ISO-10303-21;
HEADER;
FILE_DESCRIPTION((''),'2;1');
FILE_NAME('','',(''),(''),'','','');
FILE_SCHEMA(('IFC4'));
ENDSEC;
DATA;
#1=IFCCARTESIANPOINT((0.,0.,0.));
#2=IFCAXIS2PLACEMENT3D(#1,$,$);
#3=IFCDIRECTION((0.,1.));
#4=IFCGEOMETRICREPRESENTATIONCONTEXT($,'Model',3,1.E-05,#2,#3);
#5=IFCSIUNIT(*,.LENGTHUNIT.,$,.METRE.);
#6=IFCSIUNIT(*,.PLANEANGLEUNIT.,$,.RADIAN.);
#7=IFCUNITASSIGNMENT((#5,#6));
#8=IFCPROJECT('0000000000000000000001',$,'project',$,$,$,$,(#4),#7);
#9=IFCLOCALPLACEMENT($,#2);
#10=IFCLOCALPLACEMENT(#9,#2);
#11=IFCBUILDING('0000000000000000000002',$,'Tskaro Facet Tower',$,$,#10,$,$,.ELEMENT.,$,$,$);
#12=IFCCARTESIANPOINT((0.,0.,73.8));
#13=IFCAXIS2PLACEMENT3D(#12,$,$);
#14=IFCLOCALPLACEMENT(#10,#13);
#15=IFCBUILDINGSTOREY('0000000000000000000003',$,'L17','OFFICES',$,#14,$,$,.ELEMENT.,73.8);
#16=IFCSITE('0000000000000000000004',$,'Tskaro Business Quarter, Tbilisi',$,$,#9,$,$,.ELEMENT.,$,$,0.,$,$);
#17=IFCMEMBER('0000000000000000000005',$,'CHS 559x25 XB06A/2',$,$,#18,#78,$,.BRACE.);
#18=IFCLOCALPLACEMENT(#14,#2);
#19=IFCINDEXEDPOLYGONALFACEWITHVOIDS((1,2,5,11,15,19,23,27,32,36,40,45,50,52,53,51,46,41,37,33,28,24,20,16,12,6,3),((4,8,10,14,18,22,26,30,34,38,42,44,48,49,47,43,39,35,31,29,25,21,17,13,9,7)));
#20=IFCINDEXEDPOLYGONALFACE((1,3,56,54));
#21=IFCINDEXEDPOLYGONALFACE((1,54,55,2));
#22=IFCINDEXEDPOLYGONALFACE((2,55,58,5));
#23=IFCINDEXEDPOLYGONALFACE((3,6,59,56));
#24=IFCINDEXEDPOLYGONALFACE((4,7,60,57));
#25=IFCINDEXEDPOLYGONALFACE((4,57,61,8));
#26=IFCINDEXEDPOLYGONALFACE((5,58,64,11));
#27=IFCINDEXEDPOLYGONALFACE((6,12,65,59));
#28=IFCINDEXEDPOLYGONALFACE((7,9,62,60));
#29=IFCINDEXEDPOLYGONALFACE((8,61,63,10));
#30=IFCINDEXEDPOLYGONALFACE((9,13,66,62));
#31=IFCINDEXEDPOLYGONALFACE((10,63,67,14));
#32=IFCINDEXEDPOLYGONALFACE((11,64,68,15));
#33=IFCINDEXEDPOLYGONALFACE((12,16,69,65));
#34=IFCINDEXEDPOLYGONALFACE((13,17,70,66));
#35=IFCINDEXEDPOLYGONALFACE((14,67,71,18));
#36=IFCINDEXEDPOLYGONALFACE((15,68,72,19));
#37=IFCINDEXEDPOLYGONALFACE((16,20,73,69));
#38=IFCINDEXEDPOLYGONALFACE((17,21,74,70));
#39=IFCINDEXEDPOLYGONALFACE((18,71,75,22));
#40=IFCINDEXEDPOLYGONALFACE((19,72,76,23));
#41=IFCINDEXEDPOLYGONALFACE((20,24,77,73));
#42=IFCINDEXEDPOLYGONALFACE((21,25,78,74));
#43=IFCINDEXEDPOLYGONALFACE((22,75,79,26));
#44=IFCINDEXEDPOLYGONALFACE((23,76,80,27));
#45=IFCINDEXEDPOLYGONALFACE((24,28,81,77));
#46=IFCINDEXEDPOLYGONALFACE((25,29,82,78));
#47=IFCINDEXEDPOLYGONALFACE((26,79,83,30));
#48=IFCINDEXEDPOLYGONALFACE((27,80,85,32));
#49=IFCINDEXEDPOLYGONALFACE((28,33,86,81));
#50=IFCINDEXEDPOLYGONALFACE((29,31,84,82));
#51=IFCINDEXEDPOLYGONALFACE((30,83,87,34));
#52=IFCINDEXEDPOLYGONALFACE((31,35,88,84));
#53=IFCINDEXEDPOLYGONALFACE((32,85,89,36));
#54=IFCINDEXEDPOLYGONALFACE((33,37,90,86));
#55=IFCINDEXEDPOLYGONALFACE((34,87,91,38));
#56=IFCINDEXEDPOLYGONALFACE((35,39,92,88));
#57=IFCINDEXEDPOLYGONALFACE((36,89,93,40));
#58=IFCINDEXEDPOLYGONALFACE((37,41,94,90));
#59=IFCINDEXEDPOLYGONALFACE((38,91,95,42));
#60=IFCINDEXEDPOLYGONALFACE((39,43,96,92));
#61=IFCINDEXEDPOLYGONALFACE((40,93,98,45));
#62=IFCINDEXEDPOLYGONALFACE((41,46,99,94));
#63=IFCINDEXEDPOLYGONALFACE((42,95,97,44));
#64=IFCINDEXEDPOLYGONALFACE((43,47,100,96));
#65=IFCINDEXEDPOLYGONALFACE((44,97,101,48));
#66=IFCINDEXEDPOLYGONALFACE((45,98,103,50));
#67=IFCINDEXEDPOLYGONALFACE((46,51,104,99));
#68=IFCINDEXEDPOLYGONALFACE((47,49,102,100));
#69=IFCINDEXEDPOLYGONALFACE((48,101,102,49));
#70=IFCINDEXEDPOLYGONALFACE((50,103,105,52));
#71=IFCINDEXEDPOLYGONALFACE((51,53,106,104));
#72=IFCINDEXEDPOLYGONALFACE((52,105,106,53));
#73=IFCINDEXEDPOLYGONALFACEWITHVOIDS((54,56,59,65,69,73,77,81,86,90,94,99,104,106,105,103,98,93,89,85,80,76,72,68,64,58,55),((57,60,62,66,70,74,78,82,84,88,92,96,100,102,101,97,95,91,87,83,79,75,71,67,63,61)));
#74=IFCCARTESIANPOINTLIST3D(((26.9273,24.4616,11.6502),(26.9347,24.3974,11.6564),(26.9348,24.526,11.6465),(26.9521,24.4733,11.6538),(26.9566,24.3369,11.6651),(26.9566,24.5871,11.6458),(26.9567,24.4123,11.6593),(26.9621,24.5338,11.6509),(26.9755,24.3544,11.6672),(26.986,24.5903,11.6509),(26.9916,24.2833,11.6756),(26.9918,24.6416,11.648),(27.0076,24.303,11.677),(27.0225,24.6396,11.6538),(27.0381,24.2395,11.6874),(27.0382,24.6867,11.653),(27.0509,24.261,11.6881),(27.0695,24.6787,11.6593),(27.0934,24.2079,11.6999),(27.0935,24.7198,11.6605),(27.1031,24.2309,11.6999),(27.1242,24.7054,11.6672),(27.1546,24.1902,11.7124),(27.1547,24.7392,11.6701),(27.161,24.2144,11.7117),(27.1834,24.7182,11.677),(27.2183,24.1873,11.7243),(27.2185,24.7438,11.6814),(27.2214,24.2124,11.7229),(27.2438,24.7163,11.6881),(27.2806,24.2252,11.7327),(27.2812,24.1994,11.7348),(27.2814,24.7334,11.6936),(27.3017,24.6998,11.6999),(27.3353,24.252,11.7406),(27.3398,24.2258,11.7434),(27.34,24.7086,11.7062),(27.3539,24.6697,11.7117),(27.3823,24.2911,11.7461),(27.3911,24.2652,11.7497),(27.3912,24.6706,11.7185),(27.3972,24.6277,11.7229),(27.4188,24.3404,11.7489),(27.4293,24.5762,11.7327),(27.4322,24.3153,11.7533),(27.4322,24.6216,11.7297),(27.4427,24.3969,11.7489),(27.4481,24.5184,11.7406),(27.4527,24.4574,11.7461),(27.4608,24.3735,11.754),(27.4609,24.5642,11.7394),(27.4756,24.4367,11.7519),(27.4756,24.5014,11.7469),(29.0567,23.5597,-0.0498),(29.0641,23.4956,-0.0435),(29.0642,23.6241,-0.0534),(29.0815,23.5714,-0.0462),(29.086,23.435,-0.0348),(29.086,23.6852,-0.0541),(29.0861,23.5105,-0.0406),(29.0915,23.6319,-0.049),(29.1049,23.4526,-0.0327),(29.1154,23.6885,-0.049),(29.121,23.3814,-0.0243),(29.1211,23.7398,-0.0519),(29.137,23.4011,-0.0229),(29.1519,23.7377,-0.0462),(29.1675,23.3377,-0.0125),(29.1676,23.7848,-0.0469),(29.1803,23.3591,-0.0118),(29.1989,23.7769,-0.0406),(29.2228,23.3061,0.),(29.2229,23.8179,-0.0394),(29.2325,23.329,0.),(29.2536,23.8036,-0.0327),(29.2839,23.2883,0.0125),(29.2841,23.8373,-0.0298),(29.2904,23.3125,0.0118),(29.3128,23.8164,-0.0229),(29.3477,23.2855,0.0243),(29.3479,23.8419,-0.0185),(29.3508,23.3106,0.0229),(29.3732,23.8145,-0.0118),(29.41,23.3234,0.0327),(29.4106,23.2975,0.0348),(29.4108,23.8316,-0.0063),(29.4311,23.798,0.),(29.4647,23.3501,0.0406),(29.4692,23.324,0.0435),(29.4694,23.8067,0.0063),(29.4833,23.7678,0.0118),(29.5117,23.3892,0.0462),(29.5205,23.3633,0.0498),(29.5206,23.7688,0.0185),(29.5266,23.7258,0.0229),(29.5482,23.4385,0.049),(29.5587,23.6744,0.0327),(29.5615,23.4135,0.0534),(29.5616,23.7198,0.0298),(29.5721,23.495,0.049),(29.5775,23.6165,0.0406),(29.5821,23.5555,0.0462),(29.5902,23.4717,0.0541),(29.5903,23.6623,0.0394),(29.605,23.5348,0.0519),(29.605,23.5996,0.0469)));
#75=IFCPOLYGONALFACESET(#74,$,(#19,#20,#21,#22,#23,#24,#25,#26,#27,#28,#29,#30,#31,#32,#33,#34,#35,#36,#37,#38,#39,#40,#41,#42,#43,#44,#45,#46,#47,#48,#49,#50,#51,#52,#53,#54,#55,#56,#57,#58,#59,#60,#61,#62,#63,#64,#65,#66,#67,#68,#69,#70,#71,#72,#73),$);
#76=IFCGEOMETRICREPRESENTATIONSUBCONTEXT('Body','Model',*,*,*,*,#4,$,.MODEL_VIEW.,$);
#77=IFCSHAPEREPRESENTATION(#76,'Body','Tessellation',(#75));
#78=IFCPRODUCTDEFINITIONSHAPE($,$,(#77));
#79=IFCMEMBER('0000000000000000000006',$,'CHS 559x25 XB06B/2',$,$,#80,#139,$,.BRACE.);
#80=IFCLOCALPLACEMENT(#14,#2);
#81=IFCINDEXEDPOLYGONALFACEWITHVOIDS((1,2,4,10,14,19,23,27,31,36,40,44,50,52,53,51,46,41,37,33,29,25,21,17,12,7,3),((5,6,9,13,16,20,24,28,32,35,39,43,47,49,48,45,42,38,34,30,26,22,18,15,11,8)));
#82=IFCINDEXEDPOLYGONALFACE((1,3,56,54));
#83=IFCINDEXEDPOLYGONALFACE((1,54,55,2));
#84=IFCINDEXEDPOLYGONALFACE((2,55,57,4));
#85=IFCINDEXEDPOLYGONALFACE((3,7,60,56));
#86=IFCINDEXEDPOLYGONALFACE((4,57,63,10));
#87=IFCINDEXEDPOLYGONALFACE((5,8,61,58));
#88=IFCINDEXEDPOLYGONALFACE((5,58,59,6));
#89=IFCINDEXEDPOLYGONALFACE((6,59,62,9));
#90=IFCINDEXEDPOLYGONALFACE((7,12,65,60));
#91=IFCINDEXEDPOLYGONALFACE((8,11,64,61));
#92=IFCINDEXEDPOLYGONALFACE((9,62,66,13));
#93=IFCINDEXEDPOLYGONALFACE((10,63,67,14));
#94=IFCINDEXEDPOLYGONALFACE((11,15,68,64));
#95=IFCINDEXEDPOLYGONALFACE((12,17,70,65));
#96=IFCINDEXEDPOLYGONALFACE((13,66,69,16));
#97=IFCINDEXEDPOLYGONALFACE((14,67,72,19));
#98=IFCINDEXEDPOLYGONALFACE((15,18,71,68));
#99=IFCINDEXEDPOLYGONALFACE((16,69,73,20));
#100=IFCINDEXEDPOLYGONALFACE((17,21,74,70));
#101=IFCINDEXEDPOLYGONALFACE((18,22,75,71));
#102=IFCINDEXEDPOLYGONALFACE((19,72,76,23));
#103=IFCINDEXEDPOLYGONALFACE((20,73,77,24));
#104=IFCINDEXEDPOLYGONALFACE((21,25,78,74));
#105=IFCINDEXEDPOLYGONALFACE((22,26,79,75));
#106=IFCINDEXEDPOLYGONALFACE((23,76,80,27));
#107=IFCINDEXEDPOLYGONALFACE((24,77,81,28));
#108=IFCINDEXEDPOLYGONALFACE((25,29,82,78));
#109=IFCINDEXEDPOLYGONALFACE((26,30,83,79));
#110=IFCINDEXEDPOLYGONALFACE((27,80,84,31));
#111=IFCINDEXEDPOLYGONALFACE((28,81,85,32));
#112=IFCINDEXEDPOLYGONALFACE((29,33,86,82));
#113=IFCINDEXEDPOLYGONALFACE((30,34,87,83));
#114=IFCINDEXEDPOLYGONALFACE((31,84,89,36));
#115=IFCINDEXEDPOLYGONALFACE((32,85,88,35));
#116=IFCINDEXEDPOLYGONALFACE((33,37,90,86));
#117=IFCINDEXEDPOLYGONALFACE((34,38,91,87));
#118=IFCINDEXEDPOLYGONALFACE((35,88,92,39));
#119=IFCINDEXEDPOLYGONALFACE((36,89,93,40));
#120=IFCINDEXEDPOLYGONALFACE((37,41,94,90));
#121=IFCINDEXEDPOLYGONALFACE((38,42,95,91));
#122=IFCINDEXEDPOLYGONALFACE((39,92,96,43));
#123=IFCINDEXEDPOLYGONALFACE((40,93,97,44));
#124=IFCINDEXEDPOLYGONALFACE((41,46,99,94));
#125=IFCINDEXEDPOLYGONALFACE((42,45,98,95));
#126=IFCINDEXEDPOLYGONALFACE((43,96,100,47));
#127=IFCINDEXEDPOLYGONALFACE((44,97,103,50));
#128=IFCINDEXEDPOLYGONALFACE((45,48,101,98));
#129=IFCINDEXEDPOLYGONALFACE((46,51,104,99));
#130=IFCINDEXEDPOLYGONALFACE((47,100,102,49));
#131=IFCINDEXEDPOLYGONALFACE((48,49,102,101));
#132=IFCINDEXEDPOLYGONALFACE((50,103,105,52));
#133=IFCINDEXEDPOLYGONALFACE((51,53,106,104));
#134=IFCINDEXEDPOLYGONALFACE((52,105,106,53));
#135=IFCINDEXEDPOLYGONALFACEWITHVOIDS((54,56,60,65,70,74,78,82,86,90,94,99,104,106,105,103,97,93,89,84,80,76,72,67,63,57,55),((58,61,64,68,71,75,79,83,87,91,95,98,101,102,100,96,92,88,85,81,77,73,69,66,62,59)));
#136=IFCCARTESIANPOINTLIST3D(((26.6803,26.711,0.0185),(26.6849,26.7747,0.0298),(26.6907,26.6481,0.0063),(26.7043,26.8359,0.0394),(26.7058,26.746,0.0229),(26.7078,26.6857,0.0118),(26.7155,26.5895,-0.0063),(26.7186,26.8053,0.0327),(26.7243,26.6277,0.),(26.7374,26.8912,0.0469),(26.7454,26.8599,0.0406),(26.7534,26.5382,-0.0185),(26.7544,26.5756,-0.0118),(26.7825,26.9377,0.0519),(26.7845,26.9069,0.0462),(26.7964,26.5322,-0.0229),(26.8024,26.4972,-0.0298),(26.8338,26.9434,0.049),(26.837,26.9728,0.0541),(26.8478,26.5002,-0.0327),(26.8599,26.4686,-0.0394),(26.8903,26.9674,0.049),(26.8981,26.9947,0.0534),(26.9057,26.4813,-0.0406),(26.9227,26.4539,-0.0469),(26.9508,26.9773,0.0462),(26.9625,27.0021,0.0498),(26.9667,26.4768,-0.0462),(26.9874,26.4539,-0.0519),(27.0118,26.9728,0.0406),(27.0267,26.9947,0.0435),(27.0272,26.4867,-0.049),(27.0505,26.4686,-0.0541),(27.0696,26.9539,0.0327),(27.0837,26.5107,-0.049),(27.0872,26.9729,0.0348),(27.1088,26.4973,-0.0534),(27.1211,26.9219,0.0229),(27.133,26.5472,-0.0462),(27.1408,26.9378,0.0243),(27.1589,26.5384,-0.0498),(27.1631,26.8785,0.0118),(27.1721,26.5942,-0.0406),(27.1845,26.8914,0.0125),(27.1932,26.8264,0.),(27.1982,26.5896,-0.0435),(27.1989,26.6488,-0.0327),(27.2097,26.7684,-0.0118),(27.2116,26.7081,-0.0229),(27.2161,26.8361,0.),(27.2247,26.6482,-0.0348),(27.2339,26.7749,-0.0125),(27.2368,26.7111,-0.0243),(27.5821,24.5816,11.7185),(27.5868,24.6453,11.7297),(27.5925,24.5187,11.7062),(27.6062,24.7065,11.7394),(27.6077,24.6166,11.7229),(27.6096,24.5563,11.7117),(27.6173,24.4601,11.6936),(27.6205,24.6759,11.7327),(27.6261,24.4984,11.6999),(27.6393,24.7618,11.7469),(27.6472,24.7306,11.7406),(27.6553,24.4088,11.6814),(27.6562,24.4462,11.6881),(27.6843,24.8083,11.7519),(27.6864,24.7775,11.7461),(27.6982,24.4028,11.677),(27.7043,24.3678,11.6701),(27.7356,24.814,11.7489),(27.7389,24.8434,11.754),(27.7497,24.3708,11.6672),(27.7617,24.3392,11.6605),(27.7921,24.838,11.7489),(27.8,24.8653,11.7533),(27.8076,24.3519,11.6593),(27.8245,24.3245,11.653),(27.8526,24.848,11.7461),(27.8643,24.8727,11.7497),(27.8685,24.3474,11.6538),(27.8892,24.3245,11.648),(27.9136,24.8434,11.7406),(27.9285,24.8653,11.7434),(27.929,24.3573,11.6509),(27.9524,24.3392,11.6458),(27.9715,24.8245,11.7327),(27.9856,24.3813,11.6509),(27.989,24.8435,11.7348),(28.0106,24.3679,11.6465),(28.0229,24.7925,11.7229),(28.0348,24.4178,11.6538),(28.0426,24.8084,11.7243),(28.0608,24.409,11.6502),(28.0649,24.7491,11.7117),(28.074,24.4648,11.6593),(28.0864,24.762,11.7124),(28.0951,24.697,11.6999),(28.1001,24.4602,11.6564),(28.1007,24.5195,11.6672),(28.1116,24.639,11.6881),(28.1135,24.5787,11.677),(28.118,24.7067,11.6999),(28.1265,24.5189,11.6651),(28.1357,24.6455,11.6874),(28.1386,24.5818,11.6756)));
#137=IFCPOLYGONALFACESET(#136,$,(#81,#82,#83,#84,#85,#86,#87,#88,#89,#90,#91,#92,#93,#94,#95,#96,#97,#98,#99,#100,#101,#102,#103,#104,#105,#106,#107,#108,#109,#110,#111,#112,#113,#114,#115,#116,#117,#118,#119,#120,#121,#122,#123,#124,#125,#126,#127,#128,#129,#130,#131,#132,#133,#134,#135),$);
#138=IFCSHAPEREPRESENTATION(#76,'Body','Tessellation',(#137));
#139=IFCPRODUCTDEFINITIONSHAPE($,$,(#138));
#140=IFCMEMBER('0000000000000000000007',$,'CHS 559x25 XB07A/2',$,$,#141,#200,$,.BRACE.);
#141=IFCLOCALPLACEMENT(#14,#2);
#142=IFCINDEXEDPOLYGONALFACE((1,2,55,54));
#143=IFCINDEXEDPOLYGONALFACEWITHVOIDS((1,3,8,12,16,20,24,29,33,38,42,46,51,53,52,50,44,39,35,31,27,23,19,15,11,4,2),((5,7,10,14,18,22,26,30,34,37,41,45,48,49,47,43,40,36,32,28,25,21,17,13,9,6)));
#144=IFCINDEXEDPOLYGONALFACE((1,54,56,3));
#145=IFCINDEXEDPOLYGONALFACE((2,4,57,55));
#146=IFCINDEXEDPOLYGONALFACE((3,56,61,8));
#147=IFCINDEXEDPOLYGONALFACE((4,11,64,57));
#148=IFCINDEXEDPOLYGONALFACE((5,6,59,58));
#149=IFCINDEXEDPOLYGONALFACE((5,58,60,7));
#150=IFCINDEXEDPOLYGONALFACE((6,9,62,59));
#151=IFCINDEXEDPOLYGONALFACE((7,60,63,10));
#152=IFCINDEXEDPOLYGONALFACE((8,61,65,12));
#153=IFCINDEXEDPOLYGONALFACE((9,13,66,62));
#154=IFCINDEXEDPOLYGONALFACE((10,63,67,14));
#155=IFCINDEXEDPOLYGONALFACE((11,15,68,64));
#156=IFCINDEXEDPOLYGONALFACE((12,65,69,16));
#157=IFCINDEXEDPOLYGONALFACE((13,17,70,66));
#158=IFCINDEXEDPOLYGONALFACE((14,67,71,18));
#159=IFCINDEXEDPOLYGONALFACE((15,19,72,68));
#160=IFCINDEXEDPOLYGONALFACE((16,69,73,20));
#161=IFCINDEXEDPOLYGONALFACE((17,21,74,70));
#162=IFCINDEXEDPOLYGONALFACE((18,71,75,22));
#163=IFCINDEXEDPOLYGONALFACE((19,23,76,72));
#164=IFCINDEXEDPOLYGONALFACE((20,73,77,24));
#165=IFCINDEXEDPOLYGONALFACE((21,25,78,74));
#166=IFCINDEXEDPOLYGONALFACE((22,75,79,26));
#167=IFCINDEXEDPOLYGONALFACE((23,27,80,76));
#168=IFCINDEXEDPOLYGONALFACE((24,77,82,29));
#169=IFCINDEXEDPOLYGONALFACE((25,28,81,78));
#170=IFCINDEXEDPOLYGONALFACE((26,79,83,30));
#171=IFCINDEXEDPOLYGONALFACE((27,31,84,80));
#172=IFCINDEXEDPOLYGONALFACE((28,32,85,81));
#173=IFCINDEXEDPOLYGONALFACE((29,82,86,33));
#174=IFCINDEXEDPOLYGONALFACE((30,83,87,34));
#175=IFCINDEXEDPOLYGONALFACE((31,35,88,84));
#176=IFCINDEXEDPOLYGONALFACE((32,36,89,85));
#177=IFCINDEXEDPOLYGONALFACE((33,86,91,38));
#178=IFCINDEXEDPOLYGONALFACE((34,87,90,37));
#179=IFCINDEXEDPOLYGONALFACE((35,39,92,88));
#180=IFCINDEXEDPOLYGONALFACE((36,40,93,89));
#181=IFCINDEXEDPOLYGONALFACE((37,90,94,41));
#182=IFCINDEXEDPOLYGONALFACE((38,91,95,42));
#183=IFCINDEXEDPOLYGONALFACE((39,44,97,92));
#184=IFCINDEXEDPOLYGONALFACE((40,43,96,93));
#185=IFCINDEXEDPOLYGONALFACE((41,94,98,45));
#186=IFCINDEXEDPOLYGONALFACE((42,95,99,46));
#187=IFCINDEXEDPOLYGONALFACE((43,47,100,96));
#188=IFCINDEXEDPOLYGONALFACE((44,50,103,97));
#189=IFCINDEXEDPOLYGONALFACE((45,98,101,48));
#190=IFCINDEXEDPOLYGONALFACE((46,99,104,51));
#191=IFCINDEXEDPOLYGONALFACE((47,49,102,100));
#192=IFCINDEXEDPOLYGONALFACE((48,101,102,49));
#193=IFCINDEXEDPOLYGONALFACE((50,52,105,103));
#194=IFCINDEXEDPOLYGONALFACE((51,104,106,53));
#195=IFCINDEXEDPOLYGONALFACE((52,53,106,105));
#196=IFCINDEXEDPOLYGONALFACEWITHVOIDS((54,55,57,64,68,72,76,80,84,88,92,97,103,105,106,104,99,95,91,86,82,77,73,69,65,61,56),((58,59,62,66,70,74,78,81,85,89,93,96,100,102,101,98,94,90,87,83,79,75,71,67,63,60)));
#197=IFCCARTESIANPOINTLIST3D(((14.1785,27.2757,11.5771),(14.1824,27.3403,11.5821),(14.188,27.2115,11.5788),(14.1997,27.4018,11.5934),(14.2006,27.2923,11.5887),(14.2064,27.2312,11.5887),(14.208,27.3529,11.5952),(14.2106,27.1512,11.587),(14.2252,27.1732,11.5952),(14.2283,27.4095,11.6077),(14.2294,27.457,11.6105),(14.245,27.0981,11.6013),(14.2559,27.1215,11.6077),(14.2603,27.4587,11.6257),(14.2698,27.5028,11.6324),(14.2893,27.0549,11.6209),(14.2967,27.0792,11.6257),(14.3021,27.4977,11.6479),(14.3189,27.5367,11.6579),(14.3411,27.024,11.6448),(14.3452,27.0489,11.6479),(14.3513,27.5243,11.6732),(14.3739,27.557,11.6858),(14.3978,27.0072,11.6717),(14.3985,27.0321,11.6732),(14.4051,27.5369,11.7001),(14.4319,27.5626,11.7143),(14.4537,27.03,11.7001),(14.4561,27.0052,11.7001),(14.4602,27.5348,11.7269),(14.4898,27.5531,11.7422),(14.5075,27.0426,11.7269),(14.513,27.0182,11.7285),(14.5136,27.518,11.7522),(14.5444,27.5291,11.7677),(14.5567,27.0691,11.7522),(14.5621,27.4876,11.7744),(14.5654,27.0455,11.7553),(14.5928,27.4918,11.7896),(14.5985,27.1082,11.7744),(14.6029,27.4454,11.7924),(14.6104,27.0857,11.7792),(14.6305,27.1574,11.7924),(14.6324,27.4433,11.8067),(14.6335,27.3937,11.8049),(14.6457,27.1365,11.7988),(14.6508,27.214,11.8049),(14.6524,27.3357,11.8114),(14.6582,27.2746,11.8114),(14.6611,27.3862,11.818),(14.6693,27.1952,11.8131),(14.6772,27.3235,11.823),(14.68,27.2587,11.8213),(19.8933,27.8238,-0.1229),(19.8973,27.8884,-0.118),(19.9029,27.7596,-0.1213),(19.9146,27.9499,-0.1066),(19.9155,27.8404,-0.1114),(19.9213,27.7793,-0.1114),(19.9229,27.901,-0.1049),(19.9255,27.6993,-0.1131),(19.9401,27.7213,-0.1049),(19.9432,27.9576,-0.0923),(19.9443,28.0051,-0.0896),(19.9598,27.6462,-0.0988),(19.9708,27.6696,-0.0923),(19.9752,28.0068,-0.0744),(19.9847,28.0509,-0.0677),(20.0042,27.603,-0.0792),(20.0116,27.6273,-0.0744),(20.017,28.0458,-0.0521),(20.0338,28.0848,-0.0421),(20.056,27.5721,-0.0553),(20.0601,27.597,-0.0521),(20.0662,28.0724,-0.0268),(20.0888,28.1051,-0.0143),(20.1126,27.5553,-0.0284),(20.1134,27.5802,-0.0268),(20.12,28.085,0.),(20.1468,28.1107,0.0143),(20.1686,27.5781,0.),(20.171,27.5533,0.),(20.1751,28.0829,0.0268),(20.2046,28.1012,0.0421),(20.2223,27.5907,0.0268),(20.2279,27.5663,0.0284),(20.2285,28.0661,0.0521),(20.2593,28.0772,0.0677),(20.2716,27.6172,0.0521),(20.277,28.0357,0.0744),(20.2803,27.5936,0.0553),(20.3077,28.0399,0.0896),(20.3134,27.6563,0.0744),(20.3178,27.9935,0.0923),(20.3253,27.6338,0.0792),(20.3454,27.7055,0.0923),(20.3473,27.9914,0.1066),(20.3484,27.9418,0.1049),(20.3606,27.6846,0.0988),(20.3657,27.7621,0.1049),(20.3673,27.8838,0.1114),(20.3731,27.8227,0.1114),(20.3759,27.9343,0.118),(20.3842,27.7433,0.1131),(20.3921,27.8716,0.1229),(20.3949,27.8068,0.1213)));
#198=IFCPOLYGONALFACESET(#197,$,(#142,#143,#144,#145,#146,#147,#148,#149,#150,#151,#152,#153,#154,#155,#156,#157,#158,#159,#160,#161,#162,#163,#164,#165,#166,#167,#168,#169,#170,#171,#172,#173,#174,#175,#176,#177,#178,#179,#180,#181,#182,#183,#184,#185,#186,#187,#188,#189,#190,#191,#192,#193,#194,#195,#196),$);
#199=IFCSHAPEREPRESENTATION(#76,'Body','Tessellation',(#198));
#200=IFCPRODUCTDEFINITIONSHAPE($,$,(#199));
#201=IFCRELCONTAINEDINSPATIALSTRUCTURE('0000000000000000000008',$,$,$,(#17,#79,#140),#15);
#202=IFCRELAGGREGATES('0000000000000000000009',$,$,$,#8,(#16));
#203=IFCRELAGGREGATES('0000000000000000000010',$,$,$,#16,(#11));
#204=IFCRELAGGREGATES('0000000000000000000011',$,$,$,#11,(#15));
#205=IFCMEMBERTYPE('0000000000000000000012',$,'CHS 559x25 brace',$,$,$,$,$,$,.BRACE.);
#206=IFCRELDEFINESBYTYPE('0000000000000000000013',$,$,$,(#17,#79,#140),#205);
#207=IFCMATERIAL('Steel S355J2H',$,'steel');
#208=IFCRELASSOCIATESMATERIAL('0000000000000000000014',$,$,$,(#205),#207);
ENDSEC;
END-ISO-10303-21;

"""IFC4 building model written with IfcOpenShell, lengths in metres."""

from ifc_helpers import new_model, si_unit, direction, frame, origin, origin_2d, place, context, subcontext, project, spatial, hollow_circle, extrude, material, material_profile, profile_set, type_object, element, save


model = new_model("IFC4")

# Units and contexts
model_context = context("Model", 3, precision=1e-05, world=origin(), true_north=direction((0.0, 1.0)))
body_context = subcontext(model_context, "Body", "Model", "MODEL_VIEW")
ifc_project = project(units=[si_unit("LENGTHUNIT", "METRE"), si_unit("PLANEANGLEUNIT", "RADIAN")], contexts=[model_context])

# Site, building, storey
site_placement = place(None, origin())
site = spatial("IfcSite", under=ifc_project, at=site_placement, Name="Tskaro Business Quarter, Tbilisi", CompositionType="ELEMENT", RefElevation=0.0)
building_placement = place(site_placement, origin())
building = spatial("IfcBuilding", under=site, at=building_placement, Name="Tskaro Facet Tower", CompositionType="ELEMENT")
storey_placement = place(building_placement, frame((0.0, 0.0, 73.8)))
storey = spatial("IfcBuildingStorey", under=building, at=storey_placement, Name="L17", Description="OFFICES", CompositionType="ELEMENT", Elevation=73.8)

# Shared definitions
ifc_material_1 = material(Name="Steel S355J2H", Category="steel")

# Members
ifc_material_profile_1 = material_profile(ifc_material_1, hollow_circle(Radius=0.2795, WallThickness=0.0249, at=origin_2d()), Name="CHS 559x25")
ifc_profile_set_1 = profile_set([ifc_material_profile_1], Name="Steel S355J2H")
member_type_1 = type_object("IfcMemberType", Name="CHS 559x25 brace", PredefinedType="BRACE", material=ifc_profile_set_1)
for number, where, z_axis, x_axis, name in (
    (1, (29.3318, 23.5635, 0.0), (-0.178546, 0.075619, 0.981021), (-0.389991, -0.920819, 0.0), "CHS 559x25 XB06A/2"),
    (2, (26.9587, 26.7271, 0.0), (0.075619, -0.178546, 0.981021), (0.920819, 0.389991, 0.0), "CHS 559x25 XB06B/2"),
):
    element("IfcMember", number, at=place(storey_placement, frame(where, z_axis=z_axis, x_axis=x_axis)), inside=storey, type_object=member_type_1, Name=name, PredefinedType="BRACE", context=body_context, shape_type="SweptSolid", body=[
        extrude(hollow_circle(Radius=0.2795, WallThickness=0.0249, at=origin_2d()), origin(), (0.0, 0.0, 1.0), 11.9263),
    ])
member_1_placement = place(storey_placement, frame((20.1443, 27.8315, 0.0), z_axis=(-0.438504, -0.042056, 0.897745), x_axis=(0.095469, -0.995432, 0.0)))
element("IfcMember", 3, at=member_1_placement, inside=storey, type_object=member_type_1, Name="CHS 559x25 XB07A/2", PredefinedType="BRACE", context=body_context, shape_type="SweptSolid", body=[
    extrude(hollow_circle(Radius=0.2795, WallThickness=0.0249, at=origin_2d()), origin(), (0.0, 0.0, 1.0), 13.0327),
])

save(model, "model.ifc")
